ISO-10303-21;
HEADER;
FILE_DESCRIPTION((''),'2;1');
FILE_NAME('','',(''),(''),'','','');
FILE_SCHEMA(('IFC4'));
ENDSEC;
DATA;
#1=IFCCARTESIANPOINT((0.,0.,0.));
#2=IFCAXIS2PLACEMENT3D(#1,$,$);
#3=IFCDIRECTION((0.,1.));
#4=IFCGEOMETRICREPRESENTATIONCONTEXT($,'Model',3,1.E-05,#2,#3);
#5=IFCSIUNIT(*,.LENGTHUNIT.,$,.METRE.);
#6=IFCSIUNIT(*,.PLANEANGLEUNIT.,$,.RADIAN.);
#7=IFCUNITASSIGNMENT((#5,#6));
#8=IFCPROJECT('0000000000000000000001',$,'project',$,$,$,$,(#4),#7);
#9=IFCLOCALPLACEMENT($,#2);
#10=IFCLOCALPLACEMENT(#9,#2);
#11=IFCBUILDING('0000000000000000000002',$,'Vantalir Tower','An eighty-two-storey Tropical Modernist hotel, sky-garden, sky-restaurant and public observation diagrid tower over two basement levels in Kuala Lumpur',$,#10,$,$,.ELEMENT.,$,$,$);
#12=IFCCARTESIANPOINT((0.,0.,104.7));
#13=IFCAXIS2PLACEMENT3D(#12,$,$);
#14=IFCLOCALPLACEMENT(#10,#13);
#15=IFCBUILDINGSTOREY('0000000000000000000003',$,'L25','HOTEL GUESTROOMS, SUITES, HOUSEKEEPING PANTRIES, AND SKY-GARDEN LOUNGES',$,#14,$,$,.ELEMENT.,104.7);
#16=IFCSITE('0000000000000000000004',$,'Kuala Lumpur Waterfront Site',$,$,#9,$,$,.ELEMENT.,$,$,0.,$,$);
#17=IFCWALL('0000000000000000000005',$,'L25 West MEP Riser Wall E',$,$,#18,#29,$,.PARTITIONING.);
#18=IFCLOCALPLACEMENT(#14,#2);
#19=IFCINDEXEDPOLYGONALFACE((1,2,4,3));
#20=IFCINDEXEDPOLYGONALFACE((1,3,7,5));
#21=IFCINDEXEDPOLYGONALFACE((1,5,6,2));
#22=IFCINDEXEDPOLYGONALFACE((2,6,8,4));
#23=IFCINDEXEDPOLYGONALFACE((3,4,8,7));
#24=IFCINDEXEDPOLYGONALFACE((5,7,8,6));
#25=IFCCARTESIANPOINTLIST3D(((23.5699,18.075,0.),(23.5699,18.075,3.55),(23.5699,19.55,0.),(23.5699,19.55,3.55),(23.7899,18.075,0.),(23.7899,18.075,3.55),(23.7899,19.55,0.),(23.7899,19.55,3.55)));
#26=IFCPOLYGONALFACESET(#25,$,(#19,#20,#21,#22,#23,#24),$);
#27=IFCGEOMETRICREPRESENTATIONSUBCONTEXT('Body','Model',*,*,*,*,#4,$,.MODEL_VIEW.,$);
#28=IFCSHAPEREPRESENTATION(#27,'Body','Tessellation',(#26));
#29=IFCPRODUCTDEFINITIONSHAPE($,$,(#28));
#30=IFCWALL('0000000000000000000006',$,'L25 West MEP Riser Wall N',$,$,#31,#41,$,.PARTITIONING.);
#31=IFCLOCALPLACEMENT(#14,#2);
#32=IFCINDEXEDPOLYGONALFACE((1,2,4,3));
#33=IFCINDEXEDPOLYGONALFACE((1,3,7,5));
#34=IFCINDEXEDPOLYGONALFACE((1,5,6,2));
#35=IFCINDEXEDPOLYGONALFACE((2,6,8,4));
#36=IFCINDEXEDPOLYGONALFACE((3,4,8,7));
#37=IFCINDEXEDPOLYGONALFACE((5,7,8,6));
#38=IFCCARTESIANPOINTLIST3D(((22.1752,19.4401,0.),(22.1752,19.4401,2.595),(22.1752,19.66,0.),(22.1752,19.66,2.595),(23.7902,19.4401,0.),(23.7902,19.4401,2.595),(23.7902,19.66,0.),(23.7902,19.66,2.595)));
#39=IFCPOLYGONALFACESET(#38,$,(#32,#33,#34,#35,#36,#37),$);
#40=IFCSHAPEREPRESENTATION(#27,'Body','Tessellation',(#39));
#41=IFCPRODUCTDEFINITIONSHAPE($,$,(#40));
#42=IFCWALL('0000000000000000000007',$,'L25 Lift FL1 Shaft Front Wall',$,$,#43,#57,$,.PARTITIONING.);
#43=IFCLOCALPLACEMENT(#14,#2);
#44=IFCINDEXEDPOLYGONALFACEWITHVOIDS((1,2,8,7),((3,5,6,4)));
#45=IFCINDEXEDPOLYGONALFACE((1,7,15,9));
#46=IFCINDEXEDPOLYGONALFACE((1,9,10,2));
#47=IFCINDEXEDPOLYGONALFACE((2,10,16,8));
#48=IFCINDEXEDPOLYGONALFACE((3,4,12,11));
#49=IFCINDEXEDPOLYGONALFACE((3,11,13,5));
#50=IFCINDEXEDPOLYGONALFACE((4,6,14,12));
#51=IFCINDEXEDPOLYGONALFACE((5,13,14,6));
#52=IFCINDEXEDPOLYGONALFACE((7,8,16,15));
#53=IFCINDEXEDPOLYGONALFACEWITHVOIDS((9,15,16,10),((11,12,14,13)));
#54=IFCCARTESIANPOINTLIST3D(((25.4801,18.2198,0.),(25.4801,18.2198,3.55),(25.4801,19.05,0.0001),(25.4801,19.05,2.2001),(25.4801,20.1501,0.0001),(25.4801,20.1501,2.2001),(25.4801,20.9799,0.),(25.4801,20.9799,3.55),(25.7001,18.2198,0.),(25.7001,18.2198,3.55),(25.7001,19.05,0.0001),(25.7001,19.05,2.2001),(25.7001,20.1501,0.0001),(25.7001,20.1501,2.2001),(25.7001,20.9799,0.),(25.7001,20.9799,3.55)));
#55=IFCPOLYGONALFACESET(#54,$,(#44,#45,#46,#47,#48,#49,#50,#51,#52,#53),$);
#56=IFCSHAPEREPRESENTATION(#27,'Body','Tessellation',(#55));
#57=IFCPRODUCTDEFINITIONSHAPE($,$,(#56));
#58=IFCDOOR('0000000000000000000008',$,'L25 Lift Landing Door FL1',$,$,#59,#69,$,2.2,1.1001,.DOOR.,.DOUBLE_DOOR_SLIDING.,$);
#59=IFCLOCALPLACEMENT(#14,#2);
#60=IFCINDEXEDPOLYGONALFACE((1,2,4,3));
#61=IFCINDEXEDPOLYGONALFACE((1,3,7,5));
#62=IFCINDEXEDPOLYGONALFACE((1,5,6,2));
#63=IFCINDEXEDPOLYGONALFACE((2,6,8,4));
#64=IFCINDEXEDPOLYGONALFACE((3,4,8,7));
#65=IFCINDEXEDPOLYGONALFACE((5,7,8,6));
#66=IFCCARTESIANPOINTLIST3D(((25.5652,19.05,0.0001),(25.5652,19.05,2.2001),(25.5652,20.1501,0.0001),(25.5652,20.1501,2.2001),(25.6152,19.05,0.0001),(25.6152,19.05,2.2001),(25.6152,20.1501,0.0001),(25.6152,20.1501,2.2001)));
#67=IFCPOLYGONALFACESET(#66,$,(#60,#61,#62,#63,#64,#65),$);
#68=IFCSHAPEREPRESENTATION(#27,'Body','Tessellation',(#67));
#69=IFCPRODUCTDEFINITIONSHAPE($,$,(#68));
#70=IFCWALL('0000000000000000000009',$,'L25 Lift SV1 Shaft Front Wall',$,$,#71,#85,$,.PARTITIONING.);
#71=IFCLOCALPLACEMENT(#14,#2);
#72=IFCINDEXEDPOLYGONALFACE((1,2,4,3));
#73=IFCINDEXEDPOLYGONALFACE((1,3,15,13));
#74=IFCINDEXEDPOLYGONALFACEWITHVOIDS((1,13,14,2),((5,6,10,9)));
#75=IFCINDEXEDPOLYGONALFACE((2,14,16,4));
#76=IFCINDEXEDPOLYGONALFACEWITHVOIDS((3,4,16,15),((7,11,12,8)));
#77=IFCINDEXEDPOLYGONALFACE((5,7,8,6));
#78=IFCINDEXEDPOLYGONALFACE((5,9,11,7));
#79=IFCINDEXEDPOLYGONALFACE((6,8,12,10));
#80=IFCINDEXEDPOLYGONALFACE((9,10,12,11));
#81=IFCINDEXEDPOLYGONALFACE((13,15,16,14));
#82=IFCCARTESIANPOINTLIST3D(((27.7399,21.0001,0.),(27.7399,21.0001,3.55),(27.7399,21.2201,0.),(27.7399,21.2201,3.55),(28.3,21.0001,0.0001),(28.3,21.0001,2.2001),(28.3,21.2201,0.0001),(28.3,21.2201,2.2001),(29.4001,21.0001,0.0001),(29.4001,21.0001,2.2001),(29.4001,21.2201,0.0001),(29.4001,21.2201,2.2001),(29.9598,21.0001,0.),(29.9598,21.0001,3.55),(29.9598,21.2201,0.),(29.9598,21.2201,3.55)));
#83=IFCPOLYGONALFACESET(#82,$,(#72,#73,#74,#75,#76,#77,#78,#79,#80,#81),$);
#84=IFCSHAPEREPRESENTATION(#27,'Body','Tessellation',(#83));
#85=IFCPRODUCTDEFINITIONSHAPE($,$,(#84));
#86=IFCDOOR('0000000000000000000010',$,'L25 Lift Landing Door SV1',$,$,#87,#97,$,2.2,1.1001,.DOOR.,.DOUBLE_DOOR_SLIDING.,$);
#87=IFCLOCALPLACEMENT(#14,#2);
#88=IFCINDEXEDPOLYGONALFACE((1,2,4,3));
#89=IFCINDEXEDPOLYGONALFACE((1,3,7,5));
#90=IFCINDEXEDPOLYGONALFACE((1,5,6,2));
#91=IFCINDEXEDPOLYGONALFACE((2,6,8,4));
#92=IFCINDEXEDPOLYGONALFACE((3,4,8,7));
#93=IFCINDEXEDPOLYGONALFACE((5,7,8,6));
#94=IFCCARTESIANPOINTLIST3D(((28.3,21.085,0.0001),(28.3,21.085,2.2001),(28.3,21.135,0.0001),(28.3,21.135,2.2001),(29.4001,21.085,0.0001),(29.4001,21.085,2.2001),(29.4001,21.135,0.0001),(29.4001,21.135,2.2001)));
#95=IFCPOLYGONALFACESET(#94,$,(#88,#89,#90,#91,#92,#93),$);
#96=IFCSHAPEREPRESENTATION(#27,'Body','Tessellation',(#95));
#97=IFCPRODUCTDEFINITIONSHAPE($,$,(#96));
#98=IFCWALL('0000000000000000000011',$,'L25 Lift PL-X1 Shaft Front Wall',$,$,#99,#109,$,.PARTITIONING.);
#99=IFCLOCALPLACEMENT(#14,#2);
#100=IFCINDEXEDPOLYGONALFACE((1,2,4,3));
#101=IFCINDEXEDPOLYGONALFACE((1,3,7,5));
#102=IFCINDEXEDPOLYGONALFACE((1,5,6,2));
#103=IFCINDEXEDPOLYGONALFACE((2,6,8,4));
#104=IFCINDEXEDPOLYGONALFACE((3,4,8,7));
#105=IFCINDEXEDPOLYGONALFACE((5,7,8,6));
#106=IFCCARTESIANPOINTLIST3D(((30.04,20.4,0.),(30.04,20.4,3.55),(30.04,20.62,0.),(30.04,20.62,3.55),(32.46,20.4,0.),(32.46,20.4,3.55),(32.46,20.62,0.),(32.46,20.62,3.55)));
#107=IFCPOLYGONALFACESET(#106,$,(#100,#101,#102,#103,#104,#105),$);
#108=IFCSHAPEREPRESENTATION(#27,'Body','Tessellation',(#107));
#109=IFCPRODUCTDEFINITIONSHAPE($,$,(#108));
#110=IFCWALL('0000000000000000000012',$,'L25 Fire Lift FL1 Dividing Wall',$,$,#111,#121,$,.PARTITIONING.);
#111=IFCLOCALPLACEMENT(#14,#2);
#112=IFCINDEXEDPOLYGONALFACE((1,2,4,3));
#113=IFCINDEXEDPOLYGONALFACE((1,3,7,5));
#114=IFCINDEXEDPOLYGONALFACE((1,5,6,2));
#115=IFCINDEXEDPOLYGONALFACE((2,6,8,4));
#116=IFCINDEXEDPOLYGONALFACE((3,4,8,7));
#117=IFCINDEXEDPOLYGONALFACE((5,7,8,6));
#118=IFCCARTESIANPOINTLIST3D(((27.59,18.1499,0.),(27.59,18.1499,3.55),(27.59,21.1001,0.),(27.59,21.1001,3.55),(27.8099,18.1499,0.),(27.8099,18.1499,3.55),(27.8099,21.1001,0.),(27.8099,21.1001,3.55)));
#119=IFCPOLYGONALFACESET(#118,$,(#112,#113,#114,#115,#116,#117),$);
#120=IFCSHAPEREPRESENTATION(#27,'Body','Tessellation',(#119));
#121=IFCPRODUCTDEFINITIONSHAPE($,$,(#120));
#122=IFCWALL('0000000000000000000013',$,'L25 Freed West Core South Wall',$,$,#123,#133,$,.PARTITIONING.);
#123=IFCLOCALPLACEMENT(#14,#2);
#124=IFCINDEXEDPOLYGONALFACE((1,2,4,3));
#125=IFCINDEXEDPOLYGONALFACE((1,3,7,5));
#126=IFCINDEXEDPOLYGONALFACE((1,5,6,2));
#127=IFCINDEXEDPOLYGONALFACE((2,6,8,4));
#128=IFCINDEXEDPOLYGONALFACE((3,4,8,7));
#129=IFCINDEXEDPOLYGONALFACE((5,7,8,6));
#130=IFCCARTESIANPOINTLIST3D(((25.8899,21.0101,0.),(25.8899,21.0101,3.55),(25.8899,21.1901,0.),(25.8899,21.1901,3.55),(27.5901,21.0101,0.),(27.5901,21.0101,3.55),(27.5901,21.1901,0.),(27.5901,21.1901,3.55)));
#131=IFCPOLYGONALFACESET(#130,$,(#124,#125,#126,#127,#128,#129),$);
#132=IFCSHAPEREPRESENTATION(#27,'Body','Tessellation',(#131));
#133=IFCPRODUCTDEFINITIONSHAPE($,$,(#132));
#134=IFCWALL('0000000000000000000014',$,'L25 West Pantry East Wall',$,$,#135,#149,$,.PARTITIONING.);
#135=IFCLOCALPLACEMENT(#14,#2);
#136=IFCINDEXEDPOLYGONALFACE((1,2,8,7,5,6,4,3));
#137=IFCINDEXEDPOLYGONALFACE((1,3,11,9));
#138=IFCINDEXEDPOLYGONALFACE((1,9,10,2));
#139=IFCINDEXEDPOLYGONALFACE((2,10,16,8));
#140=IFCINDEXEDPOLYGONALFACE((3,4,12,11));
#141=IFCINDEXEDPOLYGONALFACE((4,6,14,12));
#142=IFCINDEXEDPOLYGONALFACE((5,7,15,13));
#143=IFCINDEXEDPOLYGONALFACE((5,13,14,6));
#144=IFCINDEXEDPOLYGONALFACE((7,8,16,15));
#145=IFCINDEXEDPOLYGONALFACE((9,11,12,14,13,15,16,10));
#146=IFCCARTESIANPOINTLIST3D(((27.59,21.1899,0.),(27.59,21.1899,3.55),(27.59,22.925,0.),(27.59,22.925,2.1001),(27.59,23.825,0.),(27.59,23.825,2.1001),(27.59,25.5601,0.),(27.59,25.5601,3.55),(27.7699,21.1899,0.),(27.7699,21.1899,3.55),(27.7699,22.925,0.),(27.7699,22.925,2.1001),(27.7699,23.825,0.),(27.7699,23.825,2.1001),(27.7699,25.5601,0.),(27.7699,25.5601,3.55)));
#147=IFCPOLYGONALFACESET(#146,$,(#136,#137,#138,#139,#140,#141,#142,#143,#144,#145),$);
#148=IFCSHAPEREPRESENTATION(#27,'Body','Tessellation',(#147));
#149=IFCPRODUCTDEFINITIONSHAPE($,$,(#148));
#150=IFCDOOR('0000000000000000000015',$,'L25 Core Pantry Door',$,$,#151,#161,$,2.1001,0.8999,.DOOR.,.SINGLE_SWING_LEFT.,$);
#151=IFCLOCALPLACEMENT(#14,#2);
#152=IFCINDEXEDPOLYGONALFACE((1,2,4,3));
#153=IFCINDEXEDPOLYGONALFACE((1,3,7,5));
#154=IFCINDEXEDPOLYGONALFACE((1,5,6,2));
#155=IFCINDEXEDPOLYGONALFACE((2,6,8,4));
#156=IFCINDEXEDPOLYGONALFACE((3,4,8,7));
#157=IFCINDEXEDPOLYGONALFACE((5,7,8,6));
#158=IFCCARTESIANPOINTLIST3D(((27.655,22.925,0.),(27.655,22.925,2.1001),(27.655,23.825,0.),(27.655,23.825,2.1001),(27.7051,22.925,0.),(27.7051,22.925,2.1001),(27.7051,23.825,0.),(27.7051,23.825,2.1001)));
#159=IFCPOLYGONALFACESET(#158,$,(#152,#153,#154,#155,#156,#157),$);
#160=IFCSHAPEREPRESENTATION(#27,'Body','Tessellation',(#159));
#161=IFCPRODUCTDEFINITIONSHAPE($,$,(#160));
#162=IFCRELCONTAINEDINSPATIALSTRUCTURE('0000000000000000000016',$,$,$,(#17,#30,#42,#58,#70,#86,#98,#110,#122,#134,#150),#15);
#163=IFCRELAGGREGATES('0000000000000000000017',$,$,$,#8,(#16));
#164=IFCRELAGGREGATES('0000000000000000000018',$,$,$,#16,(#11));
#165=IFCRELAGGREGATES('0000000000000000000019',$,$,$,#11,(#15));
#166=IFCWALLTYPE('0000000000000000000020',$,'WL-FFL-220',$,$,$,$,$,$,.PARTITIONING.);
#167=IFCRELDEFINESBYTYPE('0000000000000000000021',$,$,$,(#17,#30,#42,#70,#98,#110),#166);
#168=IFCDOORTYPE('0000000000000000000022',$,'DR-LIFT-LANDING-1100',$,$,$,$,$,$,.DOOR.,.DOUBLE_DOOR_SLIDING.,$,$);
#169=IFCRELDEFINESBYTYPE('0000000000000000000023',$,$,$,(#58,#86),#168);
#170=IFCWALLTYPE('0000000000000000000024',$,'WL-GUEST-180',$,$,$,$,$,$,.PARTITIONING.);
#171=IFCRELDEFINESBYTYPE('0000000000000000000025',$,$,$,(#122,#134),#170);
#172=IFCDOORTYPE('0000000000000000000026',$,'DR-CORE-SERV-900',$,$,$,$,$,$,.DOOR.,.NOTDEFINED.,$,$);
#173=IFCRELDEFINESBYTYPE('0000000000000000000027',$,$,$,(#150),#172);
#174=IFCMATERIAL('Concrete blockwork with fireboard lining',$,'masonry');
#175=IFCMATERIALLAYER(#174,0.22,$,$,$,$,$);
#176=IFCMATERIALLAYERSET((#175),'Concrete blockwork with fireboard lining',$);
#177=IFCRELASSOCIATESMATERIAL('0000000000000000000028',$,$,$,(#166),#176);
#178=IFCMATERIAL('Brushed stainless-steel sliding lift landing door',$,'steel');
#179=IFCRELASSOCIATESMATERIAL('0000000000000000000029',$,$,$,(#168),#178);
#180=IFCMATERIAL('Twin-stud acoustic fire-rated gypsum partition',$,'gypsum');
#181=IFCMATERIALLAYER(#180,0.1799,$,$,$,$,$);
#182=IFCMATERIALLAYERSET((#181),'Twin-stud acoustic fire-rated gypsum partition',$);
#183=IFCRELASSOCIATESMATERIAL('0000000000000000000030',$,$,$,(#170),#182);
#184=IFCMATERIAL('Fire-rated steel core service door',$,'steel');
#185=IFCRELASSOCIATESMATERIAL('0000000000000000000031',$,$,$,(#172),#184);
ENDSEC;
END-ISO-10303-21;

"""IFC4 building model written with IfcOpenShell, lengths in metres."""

from ifc_helpers import new_model, si_unit, direction, frame, frame_2d, origin, place, context, subcontext, project, spatial, rectangle, extrude, material, layer, layer_set, type_object, element, fill, save


model = new_model("IFC4")

# Units and contexts
model_context = context("Model", 3, precision=1e-05, world=origin(), true_north=direction((0.0, 1.0)))
body_context = subcontext(model_context, "Body", "Model", "MODEL_VIEW")
ifc_project = project(units=[si_unit("LENGTHUNIT", "METRE"), si_unit("PLANEANGLEUNIT", "RADIAN")], contexts=[model_context])

# Site, building, storey
site_placement = place(None, origin())
site = spatial("IfcSite", under=ifc_project, at=site_placement, Name="Kuala Lumpur Waterfront Site", CompositionType="ELEMENT", RefElevation=0.0)
building_placement = place(site_placement, origin())
building = spatial("IfcBuilding", under=site, at=building_placement, Name="Vantalir Tower", Description="An eighty-two-storey Tropical Modernist hotel, sky-garden, sky-restaurant and public observation diagrid tower over two basement levels in Kuala Lumpur", CompositionType="ELEMENT")
storey_placement = place(building_placement, frame((0.0, 0.0, 104.7)))
storey = spatial("IfcBuildingStorey", under=building, at=storey_placement, Name="L25", Description="HOTEL GUESTROOMS, SUITES, HOUSEKEEPING PANTRIES, AND SKY-GARDEN LOUNGES", CompositionType="ELEMENT", Elevation=104.7)

# Walls
ifc_material_1 = material(Name="Concrete blockwork with fireboard lining", Category="masonry")
ifc_layer_1 = layer(ifc_material_1, 0.22)
ifc_layer_set_1 = layer_set([ifc_layer_1], Name="Concrete blockwork with fireboard lining")
wall_type_1 = type_object("IfcWallType", Name="WL-FFL-220", PredefinedType="PARTITIONING", material=ifc_layer_set_1)
wall_1_placement = place(storey_placement, frame((23.6799, 18.075, 0.0), z_axis=(0.0, 0.0, 1.0), x_axis=(0.0, 1.0, 0.0)))
element("IfcWall", 1, at=wall_1_placement, inside=storey, type_object=wall_type_1, Name="L25 West MEP Riser Wall E", PredefinedType="PARTITIONING", context=body_context, shape_type="SweptSolid", body=[
    extrude(rectangle(XDim=1.4751, YDim=0.22, at=frame_2d((0.7375, 0.0))), origin(), (0.0, 0.0, 1.0), 3.55),
])
wall_2_placement = place(storey_placement, frame((22.175, 19.55, 0.0), z_axis=(0.0, 0.0, 1.0), x_axis=(1.0, 0.0, 0.0)))
element("IfcWall", 2, at=wall_2_placement, inside=storey, type_object=wall_type_1, Name="L25 West MEP Riser Wall N", PredefinedType="PARTITIONING", context=body_context, shape_type="SweptSolid", body=[
    extrude(rectangle(XDim=1.615, YDim=0.22, at=frame_2d((0.8076, 0.0))), origin(), (0.0, 0.0, 1.0), 2.595),
])

# Walls, openings, doors
wall_3_placement = place(storey_placement, frame((25.5901, 18.22, 0.0), z_axis=(0.0, 0.0, 1.0), x_axis=(0.0, 1.0, 0.0)))
wall_3 = element("IfcWall", 3, at=wall_3_placement, inside=storey, type_object=wall_type_1, Name="L25 Lift FL1 Shaft Front Wall", PredefinedType="PARTITIONING", context=body_context, shape_type="SweptSolid", body=[
    extrude(rectangle(XDim=2.76, YDim=0.22, at=frame_2d((1.3799, 0.0))), origin(), (0.0, 0.0, 1.0), 3.55),
])
opening_1_placement = place(wall_3_placement, frame((0.8301, 0.0, 0.0)))
opening_1 = element("IfcOpeningElement", 4, at=opening_1_placement, cuts=wall_3, PredefinedType="OPENING", context=body_context, shape_type="SweptSolid", body=[
    extrude(rectangle(XDim=1.1001, YDim=2.2, at=frame_2d((0.55, 1.1001))), frame((0.0, 0.1199, 0.0), z_axis=(0.0, -1.0, 0.0), x_axis=(1.0, 0.0, 0.0)), (0.0, 0.0, 1.0), 0.24),
])
ifc_material_2 = material(Name="Brushed stainless-steel sliding lift landing door", Category="steel")
door_type_1 = type_object("IfcDoorType", Name="DR-LIFT-LANDING-1100", OperationType="DOUBLE_DOOR_SLIDING", PredefinedType="DOOR", material=ifc_material_2)
door_1_placement = place(opening_1_placement, origin())
door_1 = element("IfcDoor", 5, at=door_1_placement, inside=storey, type_object=door_type_1, Name="L25 Lift Landing Door FL1", OperationType="DOUBLE_DOOR_SLIDING", OverallHeight=2.2, OverallWidth=1.1001, PredefinedType="DOOR", context=body_context, shape_type="SweptSolid", body=[
    extrude(rectangle(XDim=1.1001, YDim=2.2, at=frame_2d((0.55, 1.1001))), frame((0.0, 0.0249, 0.0), z_axis=(0.0, -1.0, 0.0), x_axis=(1.0, 0.0, 0.0)), (0.0, 0.0, 1.0), 0.05),
])
fill(opening_1, door_1)
wall_4_placement = place(storey_placement, frame((27.74, 21.1101, 0.0), z_axis=(0.0, 0.0, 1.0), x_axis=(1.0, 0.0, 0.0)))
wall_4 = element("IfcWall", 6, at=wall_4_placement, inside=storey, type_object=wall_type_1, Name="L25 Lift SV1 Shaft Front Wall", PredefinedType="PARTITIONING", context=body_context, shape_type="SweptSolid", body=[
    extrude(rectangle(XDim=2.22, YDim=0.22, at=frame_2d((1.1099, 0.0))), origin(), (0.0, 0.0, 1.0), 3.55),
])
opening_2_placement = place(wall_4_placement, frame((0.5601, 0.0, 0.0)))
opening_2 = element("IfcOpeningElement", 7, at=opening_2_placement, cuts=wall_4, PredefinedType="OPENING", context=body_context, shape_type="SweptSolid", body=[
    extrude(rectangle(XDim=1.1001, YDim=2.2, at=frame_2d((0.55, 1.1001))), frame((0.0, 0.1199, 0.0), z_axis=(0.0, -1.0, 0.0), x_axis=(1.0, 0.0, 0.0)), (0.0, 0.0, 1.0), 0.24),
])
door_2_placement = place(opening_2_placement, origin())
door_2 = element("IfcDoor", 8, at=door_2_placement, inside=storey, type_object=door_type_1, Name="L25 Lift Landing Door SV1", OperationType="DOUBLE_DOOR_SLIDING", OverallHeight=2.2, OverallWidth=1.1001, PredefinedType="DOOR", context=body_context, shape_type="SweptSolid", body=[
    extrude(rectangle(XDim=1.1001, YDim=2.2, at=frame_2d((0.55, 1.1001))), frame((0.0, 0.0249, 0.0), z_axis=(0.0, -1.0, 0.0), x_axis=(1.0, 0.0, 0.0)), (0.0, 0.0, 1.0), 0.05),
])
fill(opening_2, door_2)

# Walls
wall_5_placement = place(storey_placement, frame((30.04, 20.51, 0.0), z_axis=(0.0, 0.0, 1.0), x_axis=(1.0, 0.0, 0.0)))
element("IfcWall", 9, at=wall_5_placement, inside=storey, type_object=wall_type_1, Name="L25 Lift PL-X1 Shaft Front Wall", PredefinedType="PARTITIONING", context=body_context, shape_type="SweptSolid", body=[
    extrude(rectangle(XDim=2.4199, YDim=0.22, at=frame_2d((1.21, 0.0))), origin(), (0.0, 0.0, 1.0), 3.55),
])
wall_6_placement = place(storey_placement, frame((27.7, 18.1499, 0.0), z_axis=(0.0, 0.0, 1.0), x_axis=(0.0, 1.0, 0.0)))
element("IfcWall", 10, at=wall_6_placement, inside=storey, type_object=wall_type_1, Name="L25 Fire Lift FL1 Dividing Wall", PredefinedType="PARTITIONING", context=body_context, shape_type="SweptSolid", body=[
    extrude(rectangle(XDim=2.9502, YDim=0.22, at=frame_2d((1.4751, 0.0))), origin(), (0.0, 0.0, 1.0), 3.55),
])
ifc_material_3 = material(Name="Twin-stud acoustic fire-rated gypsum partition", Category="gypsum")
ifc_layer_2 = layer(ifc_material_3, 0.1799)
ifc_layer_set_2 = layer_set([ifc_layer_2], Name="Twin-stud acoustic fire-rated gypsum partition")
wall_type_2 = type_object("IfcWallType", Name="WL-GUEST-180", PredefinedType="PARTITIONING", material=ifc_layer_set_2)
wall_7_placement = place(storey_placement, frame((25.8899, 21.1001, 0.0), z_axis=(0.0, 0.0, 1.0), x_axis=(1.0, 0.0, 0.0)))
element("IfcWall", 11, at=wall_7_placement, inside=storey, type_object=wall_type_2, Name="L25 Freed West Core South Wall", PredefinedType="PARTITIONING", context=body_context, shape_type="SweptSolid", body=[
    extrude(rectangle(XDim=1.7002, YDim=0.1799, at=frame_2d((0.8501, 0.0))), origin(), (0.0, 0.0, 1.0), 3.55),
])

# Wall, opening, door
wall_8_placement = place(storey_placement, frame((27.6799, 21.1899, 0.0), z_axis=(0.0, 0.0, 1.0), x_axis=(0.0, 1.0, 0.0)))
wall_8 = element("IfcWall", 12, at=wall_8_placement, inside=storey, type_object=wall_type_2, Name="L25 West Pantry East Wall", PredefinedType="PARTITIONING", context=body_context, shape_type="SweptSolid", body=[
    extrude(rectangle(XDim=4.3701, YDim=0.1799, at=frame_2d((2.1851, 0.0))), origin(), (0.0, 0.0, 1.0), 3.55),
])
opening_3_placement = place(wall_8_placement, frame((1.7351, 0.0, 0.0)))
opening_3 = element("IfcOpeningElement", 13, at=opening_3_placement, cuts=wall_8, PredefinedType="OPENING", context=body_context, shape_type="SweptSolid", body=[
    extrude(rectangle(XDim=0.8999, YDim=2.1001, at=frame_2d((0.45, 1.05))), frame((0.0, 0.0999, 0.0), z_axis=(0.0, -1.0, 0.0), x_axis=(1.0, 0.0, 0.0)), (0.0, 0.0, 1.0), 0.2),
])
ifc_material_4 = material(Name="Fire-rated steel core service door", Category="steel")
door_type_2 = type_object("IfcDoorType", Name="DR-CORE-SERV-900", OperationType="NOTDEFINED", PredefinedType="DOOR", material=ifc_material_4)
door_3_placement = place(opening_3_placement, origin())
door_3 = element("IfcDoor", 14, at=door_3_placement, inside=storey, type_object=door_type_2, Name="L25 Core Pantry Door", OperationType="SINGLE_SWING_LEFT", OverallHeight=2.1001, OverallWidth=0.8999, PredefinedType="DOOR", context=body_context, shape_type="SweptSolid", body=[
    extrude(rectangle(XDim=0.8999, YDim=2.1001, at=frame_2d((0.45, 1.05))), frame((0.0, 0.0249, 0.0), z_axis=(0.0, -1.0, 0.0), x_axis=(1.0, 0.0, 0.0)), (0.0, 0.0, 1.0), 0.05),
])
fill(opening_3, door_3)

save(model, "model.ifc")
